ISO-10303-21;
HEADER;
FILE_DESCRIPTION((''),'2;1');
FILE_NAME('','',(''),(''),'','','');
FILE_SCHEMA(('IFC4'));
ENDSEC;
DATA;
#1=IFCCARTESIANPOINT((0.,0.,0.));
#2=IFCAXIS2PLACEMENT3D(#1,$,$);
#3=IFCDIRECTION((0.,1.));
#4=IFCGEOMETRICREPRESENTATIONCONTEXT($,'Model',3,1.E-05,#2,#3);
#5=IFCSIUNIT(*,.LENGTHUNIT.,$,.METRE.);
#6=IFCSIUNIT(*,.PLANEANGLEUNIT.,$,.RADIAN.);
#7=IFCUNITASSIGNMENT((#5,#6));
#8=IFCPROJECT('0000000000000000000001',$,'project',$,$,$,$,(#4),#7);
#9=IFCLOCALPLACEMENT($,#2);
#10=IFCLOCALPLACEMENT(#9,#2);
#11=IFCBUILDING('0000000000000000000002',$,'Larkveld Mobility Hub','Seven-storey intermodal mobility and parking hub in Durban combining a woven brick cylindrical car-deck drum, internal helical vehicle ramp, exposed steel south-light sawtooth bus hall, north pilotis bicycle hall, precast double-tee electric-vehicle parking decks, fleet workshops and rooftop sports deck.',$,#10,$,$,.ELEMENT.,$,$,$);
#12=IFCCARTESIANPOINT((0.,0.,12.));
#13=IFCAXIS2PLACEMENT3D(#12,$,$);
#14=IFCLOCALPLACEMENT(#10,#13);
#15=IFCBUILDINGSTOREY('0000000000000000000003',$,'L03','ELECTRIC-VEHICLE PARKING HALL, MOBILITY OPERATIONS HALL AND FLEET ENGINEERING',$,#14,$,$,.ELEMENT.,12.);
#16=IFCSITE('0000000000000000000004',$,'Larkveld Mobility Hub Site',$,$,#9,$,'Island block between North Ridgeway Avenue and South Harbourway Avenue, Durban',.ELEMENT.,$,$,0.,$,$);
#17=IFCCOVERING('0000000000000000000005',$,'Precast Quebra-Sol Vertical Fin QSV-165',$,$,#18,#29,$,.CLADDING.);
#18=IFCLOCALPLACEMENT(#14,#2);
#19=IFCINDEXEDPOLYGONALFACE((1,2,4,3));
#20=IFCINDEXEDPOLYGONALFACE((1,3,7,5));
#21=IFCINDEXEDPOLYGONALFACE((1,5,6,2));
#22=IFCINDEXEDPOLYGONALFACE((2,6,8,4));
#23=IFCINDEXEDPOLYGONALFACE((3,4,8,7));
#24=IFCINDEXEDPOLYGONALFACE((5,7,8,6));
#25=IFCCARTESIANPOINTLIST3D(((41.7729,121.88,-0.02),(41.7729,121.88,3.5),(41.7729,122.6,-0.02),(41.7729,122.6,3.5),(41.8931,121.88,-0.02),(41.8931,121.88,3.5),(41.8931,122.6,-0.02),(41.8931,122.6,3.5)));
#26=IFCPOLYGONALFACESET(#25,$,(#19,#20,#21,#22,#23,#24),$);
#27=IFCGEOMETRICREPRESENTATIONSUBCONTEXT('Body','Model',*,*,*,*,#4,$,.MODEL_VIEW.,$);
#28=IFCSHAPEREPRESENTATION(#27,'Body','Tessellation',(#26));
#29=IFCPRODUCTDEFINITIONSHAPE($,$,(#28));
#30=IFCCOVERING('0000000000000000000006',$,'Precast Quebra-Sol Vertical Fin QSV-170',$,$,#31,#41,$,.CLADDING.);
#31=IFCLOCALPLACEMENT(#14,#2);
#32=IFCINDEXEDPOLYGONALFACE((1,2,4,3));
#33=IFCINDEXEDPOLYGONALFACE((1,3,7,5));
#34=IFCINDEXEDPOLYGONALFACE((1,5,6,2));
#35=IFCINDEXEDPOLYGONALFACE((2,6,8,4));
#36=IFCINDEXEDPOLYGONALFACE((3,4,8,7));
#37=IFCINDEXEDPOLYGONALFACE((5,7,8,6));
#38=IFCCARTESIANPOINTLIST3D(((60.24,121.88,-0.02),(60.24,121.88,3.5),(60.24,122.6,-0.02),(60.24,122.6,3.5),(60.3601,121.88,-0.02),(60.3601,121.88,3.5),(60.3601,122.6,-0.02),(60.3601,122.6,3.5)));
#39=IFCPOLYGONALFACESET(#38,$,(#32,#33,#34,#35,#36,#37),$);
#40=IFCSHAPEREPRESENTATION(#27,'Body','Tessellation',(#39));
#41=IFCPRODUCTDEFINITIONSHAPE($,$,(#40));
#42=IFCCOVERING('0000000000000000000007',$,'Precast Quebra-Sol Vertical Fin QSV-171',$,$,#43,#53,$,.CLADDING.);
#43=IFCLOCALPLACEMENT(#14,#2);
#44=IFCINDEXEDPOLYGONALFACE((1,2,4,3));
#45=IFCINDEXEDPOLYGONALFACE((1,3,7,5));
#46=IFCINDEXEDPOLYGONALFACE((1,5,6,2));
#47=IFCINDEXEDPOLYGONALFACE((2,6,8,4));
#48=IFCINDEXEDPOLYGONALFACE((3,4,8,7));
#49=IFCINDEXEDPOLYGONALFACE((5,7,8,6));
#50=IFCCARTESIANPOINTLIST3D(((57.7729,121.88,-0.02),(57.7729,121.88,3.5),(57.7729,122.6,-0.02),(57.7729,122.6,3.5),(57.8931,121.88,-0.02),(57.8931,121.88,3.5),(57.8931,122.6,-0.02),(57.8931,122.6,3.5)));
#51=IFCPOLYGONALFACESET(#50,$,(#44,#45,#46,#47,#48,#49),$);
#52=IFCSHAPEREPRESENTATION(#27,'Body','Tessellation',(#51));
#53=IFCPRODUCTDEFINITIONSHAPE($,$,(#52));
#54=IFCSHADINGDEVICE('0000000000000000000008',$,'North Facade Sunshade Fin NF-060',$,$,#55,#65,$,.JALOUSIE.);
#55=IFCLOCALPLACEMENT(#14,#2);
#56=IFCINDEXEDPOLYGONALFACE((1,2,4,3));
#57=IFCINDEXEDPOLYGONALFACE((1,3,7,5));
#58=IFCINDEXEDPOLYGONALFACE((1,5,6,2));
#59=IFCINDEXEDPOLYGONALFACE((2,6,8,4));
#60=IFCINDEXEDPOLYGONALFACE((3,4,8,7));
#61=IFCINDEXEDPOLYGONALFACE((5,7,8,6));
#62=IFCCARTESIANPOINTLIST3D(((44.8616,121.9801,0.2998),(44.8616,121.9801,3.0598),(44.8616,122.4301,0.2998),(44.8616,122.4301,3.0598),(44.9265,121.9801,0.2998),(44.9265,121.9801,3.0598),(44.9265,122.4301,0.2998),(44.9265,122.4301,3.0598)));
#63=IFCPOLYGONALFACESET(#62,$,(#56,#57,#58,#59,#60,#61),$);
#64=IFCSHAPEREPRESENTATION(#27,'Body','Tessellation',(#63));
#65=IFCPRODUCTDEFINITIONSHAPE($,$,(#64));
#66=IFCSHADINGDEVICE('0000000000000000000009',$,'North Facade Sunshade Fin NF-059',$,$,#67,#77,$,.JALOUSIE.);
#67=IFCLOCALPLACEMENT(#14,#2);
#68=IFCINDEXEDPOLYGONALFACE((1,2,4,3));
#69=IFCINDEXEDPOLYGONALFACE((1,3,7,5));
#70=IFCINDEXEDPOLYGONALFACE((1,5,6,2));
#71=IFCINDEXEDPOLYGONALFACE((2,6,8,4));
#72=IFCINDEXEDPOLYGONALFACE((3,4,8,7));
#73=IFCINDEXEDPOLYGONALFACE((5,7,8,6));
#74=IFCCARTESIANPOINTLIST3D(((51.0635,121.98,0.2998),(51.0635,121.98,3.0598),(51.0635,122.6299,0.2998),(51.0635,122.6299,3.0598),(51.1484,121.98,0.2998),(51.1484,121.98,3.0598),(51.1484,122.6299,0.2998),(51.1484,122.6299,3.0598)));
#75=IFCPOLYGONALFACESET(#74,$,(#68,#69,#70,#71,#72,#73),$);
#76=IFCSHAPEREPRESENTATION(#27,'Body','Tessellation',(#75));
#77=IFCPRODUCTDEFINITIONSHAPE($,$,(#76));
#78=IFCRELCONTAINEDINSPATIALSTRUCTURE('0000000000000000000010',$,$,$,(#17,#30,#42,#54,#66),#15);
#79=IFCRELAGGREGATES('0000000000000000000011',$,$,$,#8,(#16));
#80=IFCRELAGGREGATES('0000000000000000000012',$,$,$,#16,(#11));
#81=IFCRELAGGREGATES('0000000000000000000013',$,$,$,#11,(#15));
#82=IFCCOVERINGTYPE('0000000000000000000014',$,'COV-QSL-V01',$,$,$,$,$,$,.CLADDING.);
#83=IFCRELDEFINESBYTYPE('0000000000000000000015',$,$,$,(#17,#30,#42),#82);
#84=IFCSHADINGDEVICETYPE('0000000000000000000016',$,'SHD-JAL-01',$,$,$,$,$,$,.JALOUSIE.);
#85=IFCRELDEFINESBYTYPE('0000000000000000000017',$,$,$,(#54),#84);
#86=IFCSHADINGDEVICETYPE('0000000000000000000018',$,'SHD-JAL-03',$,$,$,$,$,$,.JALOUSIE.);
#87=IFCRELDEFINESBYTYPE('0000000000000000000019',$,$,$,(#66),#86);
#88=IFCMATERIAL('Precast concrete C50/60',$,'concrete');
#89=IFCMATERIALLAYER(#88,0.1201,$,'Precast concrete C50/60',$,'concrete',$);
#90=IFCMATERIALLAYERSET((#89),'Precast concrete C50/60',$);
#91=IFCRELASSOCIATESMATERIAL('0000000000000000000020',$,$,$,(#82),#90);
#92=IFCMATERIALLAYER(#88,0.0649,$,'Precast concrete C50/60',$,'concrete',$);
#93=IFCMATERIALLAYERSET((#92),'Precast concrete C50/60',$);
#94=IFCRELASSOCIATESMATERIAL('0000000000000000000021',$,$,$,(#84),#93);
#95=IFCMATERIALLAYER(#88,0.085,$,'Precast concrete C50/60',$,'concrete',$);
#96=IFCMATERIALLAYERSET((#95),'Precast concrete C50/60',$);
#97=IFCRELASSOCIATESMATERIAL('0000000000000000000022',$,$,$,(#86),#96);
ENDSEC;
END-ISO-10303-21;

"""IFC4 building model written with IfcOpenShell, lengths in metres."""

from ifc_helpers import new_model, si_unit, direction, frame, origin, origin_2d, place, context, subcontext, project, spatial, rectangle, extrude, material, layer, layer_set, type_object, element, save


model = new_model("IFC4")

# Units and contexts
model_context = context("Model", 3, precision=1e-05, world=origin(), true_north=direction((0.0, 1.0)))
body_context = subcontext(model_context, "Body", "Model", "MODEL_VIEW")
ifc_project = project(units=[si_unit("LENGTHUNIT", "METRE"), si_unit("PLANEANGLEUNIT", "RADIAN")], contexts=[model_context])

# Site, building, storey
site_placement = place(None, origin())
site = spatial("IfcSite", under=ifc_project, at=site_placement, Name="Larkveld Mobility Hub Site", LongName="Island block between North Ridgeway Avenue and South Harbourway Avenue, Durban", CompositionType="ELEMENT", RefElevation=0.0)
building_placement = place(site_placement, origin())
building = spatial("IfcBuilding", under=site, at=building_placement, Name="Larkveld Mobility Hub", Description="Seven-storey intermodal mobility and parking hub in Durban combining a woven brick cylindrical car-deck drum, internal helical vehicle ramp, exposed steel south-light sawtooth bus hall, north pilotis bicycle hall, precast double-tee electric-vehicle parking decks, fleet workshops and rooftop sports deck.", CompositionType="ELEMENT")
storey_placement = place(building_placement, frame((0.0, 0.0, 12.0)))
storey = spatial("IfcBuildingStorey", under=building, at=storey_placement, Name="L03", Description="ELECTRIC-VEHICLE PARKING HALL, MOBILITY OPERATIONS HALL AND FLEET ENGINEERING", CompositionType="ELEMENT", Elevation=12.0)

# Coverings
ifc_material_1 = material(Name="Precast concrete C50/60", Category="concrete")
ifc_layer_1 = layer(ifc_material_1, 0.1201, Name="Precast concrete C50/60", Category="concrete")
ifc_layer_set_1 = layer_set([ifc_layer_1], Name="Precast concrete C50/60")
covering_type = type_object("IfcCoveringType", Name="COV-QSL-V01", PredefinedType="CLADDING", material=ifc_layer_set_1)
for number, where, z_axis, x_axis, name in (
    (1, (41.833, 122.24, -0.02), (0.0, 0.0, 1.0), (-1.0, 0.0, 0.0), "Precast Quebra-Sol Vertical Fin QSV-165"),
    (2, (60.3, 122.24, -0.02), (0.0, 0.0, 1.0), (-1.0, 0.0, 0.0), "Precast Quebra-Sol Vertical Fin QSV-170"),
    (3, (57.833, 122.24, -0.02), (0.0, 0.0, 1.0), (-1.0, 0.0, 0.0), "Precast Quebra-Sol Vertical Fin QSV-171"),
):
    element("IfcCovering", number, at=place(storey_placement, frame(where, z_axis=z_axis, x_axis=x_axis)), inside=storey, type_object=covering_type, Name=name, PredefinedType="CLADDING", context=body_context, shape_type="SweptSolid", body=[
        extrude(rectangle(XDim=0.1201, YDim=0.72, at=origin_2d()), origin(), (0.0, 0.0, 1.0), 3.52),
    ])

# Shading devices
ifc_layer_2 = layer(ifc_material_1, 0.0649, Name="Precast concrete C50/60", Category="concrete")
ifc_layer_set_2 = layer_set([ifc_layer_2], Name="Precast concrete C50/60")
shading_device_type_1 = type_object("IfcShadingDeviceType", Name="SHD-JAL-01", PredefinedType="JALOUSIE", material=ifc_layer_set_2)
shading_device_1_placement = place(storey_placement, frame((44.894, 122.2051, 0.2998), z_axis=(0.0, 0.0, 1.0), x_axis=(1.0, 0.0, 0.0)))
element("IfcShadingDevice", 4, at=shading_device_1_placement, inside=storey, type_object=shading_device_type_1, Name="North Facade Sunshade Fin NF-060", PredefinedType="JALOUSIE", context=body_context, shape_type="SweptSolid", body=[
    extrude(rectangle(XDim=0.0649, YDim=0.45, at=origin_2d()), origin(), (0.0, 0.0, 1.0), 2.76),
])
ifc_layer_3 = layer(ifc_material_1, 0.085, Name="Precast concrete C50/60", Category="concrete")
ifc_layer_set_3 = layer_set([ifc_layer_3], Name="Precast concrete C50/60")
shading_device_type_2 = type_object("IfcShadingDeviceType", Name="SHD-JAL-03", PredefinedType="JALOUSIE", material=ifc_layer_set_3)
shading_device_2_placement = place(storey_placement, frame((51.106, 122.3049, 0.2998), z_axis=(0.0, 0.0, 1.0), x_axis=(1.0, 0.0, 0.0)))
element("IfcShadingDevice", 5, at=shading_device_2_placement, inside=storey, type_object=shading_device_type_2, Name="North Facade Sunshade Fin NF-059", PredefinedType="JALOUSIE", context=body_context, shape_type="SweptSolid", body=[
    extrude(rectangle(XDim=0.085, YDim=0.6499, at=origin_2d()), origin(), (0.0, 0.0, 1.0), 2.76),
])

save(model, "model.ifc")
